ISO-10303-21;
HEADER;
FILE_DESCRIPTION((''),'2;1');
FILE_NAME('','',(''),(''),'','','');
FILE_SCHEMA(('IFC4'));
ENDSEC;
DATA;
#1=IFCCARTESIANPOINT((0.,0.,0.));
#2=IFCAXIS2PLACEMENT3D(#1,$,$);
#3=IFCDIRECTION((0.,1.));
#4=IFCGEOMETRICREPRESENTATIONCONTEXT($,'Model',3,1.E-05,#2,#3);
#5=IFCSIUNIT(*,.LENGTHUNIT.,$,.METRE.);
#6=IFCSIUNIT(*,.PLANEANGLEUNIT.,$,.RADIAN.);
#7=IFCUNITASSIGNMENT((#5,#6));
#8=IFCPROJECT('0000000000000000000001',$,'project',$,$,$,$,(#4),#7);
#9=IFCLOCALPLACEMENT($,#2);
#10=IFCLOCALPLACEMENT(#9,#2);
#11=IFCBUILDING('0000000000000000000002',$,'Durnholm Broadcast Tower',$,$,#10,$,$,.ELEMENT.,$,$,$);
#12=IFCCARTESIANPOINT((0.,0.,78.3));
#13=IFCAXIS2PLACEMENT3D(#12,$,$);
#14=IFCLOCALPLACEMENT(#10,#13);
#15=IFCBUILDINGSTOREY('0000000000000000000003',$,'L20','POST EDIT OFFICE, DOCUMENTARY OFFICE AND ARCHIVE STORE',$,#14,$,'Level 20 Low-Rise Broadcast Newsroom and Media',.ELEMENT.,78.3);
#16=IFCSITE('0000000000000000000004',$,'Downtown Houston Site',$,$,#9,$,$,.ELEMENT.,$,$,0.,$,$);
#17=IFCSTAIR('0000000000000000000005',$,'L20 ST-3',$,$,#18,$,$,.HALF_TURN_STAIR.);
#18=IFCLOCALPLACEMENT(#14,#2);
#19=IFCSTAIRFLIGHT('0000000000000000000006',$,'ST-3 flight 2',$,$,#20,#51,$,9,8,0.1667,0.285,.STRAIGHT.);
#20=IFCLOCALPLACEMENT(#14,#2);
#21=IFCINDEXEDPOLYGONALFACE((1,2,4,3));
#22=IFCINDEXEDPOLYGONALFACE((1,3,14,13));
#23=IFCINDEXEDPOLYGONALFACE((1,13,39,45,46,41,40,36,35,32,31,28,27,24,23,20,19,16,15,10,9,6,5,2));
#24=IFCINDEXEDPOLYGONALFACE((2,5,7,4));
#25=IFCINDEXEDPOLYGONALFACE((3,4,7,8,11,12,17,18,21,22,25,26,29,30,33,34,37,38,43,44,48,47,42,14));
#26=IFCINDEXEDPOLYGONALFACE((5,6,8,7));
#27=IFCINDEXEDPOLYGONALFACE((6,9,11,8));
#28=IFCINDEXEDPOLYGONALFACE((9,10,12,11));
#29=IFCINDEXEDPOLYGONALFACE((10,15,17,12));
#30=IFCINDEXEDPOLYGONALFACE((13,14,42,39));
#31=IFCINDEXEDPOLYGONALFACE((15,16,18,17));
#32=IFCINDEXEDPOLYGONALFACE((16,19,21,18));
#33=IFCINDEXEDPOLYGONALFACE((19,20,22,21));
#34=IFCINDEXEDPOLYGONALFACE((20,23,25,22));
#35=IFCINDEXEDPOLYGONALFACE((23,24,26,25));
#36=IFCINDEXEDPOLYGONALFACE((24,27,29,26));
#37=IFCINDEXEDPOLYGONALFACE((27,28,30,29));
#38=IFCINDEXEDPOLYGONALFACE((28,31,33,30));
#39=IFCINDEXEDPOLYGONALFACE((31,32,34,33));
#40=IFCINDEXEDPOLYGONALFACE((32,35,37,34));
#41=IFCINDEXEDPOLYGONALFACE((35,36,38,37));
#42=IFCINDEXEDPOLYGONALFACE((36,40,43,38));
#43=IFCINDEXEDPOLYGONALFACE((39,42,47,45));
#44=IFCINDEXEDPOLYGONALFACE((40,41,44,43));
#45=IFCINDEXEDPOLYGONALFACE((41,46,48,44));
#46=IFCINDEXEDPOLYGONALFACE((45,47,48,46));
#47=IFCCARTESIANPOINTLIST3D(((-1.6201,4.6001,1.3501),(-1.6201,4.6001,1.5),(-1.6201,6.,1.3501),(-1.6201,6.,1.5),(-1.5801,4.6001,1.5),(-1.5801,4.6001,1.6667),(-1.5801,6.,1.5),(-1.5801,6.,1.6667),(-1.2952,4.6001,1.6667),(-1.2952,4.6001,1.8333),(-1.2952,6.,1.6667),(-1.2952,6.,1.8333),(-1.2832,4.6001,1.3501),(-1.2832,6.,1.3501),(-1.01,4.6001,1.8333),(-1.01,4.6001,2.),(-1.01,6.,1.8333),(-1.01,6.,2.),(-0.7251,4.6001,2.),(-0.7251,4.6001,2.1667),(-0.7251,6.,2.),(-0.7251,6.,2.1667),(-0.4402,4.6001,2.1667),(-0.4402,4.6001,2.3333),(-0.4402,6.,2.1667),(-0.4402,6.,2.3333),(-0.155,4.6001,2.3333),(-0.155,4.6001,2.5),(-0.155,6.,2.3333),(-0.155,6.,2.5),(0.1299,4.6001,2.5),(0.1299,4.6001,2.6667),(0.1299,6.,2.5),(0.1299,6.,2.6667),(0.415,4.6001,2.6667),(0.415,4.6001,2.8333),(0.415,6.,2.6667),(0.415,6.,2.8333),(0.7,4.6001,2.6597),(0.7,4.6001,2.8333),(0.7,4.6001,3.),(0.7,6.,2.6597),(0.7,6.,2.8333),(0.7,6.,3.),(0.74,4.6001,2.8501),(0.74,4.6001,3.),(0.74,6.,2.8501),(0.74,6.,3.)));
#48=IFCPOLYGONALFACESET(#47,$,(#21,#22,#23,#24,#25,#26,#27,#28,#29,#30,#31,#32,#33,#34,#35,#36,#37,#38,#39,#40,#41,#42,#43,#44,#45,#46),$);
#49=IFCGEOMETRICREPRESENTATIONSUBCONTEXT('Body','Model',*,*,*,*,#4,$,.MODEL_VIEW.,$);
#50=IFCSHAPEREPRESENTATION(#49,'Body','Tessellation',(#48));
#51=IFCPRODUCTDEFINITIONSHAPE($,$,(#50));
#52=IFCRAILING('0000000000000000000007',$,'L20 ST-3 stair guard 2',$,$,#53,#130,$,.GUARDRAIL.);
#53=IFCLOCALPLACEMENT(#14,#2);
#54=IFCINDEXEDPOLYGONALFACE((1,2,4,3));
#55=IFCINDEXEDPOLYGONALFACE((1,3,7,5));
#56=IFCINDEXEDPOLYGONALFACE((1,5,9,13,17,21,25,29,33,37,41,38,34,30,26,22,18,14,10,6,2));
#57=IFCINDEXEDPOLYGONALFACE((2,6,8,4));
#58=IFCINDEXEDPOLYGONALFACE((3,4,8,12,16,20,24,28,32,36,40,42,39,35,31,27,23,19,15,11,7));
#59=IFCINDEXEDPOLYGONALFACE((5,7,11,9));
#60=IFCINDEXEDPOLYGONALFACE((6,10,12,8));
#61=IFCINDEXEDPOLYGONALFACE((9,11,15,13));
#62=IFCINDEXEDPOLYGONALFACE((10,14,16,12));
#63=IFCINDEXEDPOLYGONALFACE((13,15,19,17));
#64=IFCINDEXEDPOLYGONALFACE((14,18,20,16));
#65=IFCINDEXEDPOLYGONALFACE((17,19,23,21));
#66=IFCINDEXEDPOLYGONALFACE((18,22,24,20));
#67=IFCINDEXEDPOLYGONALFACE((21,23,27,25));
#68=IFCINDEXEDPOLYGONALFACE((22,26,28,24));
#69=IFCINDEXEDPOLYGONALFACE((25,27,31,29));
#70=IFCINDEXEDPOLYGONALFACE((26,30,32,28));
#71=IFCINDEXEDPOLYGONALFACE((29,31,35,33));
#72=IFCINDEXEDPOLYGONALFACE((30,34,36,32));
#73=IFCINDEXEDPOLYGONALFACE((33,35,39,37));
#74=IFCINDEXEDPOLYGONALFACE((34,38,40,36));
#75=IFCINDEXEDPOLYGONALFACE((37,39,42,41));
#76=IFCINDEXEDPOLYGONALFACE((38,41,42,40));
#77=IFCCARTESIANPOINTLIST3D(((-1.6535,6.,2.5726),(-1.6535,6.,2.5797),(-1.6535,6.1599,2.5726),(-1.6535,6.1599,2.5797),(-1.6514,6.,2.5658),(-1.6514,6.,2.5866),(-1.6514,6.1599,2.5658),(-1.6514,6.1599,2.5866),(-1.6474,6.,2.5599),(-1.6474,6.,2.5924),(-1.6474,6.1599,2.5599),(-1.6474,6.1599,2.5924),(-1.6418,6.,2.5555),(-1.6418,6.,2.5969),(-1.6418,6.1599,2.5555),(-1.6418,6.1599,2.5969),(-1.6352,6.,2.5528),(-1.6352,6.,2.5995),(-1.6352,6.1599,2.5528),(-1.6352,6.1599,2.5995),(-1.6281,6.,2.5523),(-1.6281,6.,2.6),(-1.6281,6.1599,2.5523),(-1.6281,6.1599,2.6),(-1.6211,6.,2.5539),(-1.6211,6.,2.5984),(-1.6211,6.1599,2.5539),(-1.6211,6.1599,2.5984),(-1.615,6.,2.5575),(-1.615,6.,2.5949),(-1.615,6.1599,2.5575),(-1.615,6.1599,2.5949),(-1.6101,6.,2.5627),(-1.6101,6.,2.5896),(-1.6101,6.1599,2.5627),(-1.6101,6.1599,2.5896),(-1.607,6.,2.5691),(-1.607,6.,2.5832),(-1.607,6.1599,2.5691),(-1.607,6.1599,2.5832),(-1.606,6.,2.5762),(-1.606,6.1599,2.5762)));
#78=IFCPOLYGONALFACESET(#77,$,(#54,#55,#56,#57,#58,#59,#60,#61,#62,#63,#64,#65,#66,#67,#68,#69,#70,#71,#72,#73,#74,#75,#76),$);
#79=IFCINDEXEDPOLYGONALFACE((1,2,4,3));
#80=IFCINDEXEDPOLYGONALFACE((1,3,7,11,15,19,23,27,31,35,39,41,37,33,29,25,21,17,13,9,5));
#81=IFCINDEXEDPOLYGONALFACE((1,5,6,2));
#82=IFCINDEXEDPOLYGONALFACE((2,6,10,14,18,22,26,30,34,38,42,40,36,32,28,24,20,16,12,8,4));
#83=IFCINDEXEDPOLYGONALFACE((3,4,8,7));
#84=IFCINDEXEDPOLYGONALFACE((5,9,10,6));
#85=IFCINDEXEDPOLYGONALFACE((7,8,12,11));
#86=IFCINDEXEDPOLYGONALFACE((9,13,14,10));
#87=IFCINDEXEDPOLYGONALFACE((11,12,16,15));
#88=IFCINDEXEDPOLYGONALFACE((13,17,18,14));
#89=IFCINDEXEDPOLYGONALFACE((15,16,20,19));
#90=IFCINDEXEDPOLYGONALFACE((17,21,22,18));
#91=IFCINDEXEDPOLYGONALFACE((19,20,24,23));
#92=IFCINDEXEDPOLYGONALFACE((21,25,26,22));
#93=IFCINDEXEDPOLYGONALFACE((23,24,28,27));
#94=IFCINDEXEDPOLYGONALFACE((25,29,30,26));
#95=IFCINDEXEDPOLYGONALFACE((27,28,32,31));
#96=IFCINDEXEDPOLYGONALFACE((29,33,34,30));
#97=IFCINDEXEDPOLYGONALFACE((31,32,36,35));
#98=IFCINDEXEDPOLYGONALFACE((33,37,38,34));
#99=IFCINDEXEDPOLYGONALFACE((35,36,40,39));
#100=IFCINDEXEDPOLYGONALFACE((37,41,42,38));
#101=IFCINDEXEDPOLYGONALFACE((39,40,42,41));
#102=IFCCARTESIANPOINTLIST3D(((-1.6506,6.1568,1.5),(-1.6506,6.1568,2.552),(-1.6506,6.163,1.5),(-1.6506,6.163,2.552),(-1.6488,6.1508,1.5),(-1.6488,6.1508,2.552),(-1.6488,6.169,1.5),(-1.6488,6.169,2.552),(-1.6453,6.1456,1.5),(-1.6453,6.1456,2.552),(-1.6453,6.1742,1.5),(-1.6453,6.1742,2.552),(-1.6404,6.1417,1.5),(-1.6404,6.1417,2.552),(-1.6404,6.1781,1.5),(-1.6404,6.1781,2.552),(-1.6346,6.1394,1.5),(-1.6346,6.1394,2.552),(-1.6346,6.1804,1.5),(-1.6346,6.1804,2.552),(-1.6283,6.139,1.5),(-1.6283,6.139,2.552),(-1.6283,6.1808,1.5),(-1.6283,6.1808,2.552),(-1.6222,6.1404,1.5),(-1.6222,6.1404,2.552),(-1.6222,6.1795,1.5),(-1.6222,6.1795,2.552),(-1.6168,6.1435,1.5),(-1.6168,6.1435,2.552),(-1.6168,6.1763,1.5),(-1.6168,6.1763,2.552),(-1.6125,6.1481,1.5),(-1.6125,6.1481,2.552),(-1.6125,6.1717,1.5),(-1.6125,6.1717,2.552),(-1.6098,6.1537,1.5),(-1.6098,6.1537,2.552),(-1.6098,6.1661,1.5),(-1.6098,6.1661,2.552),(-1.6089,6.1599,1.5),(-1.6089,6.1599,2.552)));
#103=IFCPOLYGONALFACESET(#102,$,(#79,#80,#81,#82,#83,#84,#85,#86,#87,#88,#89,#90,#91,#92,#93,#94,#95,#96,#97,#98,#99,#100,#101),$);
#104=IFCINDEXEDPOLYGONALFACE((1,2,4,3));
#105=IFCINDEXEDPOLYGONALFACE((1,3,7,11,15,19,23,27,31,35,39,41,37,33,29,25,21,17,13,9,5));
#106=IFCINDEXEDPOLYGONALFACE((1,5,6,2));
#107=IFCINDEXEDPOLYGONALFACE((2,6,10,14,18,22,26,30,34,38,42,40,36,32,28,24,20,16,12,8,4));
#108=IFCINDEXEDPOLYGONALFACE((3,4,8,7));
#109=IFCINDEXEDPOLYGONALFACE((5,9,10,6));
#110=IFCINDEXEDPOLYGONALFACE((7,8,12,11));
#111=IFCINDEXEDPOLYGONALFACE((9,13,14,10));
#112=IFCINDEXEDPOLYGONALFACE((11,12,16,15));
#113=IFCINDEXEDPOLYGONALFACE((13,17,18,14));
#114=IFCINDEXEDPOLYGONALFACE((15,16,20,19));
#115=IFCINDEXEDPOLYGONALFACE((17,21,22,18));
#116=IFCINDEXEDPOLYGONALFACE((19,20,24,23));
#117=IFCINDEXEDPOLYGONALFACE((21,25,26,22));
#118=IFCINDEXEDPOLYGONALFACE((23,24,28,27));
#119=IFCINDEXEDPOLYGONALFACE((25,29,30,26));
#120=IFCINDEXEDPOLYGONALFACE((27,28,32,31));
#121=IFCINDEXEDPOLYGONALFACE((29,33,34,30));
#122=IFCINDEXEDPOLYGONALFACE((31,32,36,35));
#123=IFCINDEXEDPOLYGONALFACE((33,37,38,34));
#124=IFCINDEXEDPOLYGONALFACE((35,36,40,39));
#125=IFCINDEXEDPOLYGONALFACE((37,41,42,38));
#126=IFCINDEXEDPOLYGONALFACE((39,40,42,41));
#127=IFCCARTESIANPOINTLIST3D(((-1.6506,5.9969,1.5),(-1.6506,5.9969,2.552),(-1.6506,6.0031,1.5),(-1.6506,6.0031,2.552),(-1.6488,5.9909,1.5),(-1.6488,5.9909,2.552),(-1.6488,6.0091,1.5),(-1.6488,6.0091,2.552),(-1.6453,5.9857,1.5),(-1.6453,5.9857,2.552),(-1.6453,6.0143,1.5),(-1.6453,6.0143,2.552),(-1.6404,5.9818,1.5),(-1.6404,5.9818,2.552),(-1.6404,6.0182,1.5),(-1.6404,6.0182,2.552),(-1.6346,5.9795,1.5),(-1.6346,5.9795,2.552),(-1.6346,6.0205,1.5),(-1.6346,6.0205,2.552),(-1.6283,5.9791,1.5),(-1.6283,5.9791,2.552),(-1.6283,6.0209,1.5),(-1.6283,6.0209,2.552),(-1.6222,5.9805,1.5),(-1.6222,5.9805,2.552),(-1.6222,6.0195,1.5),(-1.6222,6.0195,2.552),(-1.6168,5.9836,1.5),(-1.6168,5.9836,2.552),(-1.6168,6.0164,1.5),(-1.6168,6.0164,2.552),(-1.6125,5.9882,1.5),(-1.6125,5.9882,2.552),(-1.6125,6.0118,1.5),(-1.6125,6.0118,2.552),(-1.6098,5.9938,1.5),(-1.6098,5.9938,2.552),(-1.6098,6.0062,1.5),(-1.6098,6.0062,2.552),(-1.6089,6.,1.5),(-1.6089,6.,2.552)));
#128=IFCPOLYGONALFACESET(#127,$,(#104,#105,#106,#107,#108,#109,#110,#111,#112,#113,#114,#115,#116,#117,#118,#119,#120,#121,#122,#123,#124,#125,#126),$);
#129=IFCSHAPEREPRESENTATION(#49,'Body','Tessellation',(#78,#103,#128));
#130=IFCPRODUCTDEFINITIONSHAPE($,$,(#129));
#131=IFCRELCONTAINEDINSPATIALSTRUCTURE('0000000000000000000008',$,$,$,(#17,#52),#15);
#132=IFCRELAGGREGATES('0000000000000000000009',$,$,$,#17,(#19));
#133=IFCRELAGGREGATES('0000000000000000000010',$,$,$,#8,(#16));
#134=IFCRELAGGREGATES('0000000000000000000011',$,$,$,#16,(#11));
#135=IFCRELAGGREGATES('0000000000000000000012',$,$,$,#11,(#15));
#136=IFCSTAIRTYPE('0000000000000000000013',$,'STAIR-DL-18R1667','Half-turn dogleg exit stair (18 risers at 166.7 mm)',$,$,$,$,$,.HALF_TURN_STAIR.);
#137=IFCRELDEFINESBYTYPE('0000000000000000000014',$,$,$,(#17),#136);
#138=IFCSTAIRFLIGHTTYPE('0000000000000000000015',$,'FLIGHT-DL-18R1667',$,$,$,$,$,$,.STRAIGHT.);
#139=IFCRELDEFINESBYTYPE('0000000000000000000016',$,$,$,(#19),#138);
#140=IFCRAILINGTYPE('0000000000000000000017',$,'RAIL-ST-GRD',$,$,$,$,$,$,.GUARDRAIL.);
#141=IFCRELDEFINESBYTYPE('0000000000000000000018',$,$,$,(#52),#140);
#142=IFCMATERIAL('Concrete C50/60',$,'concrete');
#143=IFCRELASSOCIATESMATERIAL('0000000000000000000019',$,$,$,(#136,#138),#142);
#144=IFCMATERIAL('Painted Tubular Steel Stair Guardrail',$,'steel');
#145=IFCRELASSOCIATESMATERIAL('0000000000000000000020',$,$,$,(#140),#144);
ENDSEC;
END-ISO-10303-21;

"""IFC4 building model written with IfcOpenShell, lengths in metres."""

from ifc_helpers import new_model, si_unit, direction, frame, origin, origin_2d, place, context, subcontext, project, spatial, polyline, circle, outline, extrude, material, type_object, element, aggregate, save


model = new_model("IFC4")

# Units and contexts
model_context = context("Model", 3, precision=1e-05, world=origin(), true_north=direction((0.0, 1.0)))
body_context = subcontext(model_context, "Body", "Model", "MODEL_VIEW")
ifc_project = project(units=[si_unit("LENGTHUNIT", "METRE"), si_unit("PLANEANGLEUNIT", "RADIAN")], contexts=[model_context])

# Site, building, storey
site_placement = place(None, origin())
site = spatial("IfcSite", under=ifc_project, at=site_placement, Name="Downtown Houston Site", CompositionType="ELEMENT", RefElevation=0.0)
building_placement = place(site_placement, origin())
building = spatial("IfcBuilding", under=site, at=building_placement, Name="Durnholm Broadcast Tower", CompositionType="ELEMENT")
storey_placement = place(building_placement, frame((0.0, 0.0, 78.3)))
storey = spatial("IfcBuildingStorey", under=building, at=storey_placement, Name="L20", Description="POST EDIT OFFICE, DOCUMENTARY OFFICE AND ARCHIVE STORE", LongName="Level 20 Low-Rise Broadcast Newsroom and Media", CompositionType="ELEMENT", Elevation=78.3)

# Stair
ifc_material_1 = material(Name="Concrete C50/60", Category="concrete")
stair_type = type_object("IfcStairType", Name="STAIR-DL-18R1667", Description="Half-turn dogleg exit stair (18 risers at 166.7 mm)", PredefinedType="HALF_TURN_STAIR", material=ifc_material_1)
stair_1_placement = place(storey_placement, origin())
stair_1 = element("IfcStair", 1, at=stair_1_placement, inside=storey, type_object=stair_type, Name="L20 ST-3", PredefinedType="HALF_TURN_STAIR")

# Stair flight
stair_flight_type = type_object("IfcStairFlightType", Name="FLIGHT-DL-18R1667", PredefinedType="STRAIGHT", material=ifc_material_1)
stair_flight_placement = place(storey_placement, frame((-1.5801, 5.3, 1.5), z_axis=(0.0, 0.0, 1.0), x_axis=(1.0, 0.0, 0.0)))
stair_flight = element("IfcStairFlight", 2, at=stair_flight_placement, type_object=stair_flight_type, Name="ST-3 flight 2", NumberOfRisers=9, NumberOfTreads=8, PredefinedType="STRAIGHT", RiserHeight=0.1667, TreadLength=0.285, context=body_context, shape_type="SweptSolid", body=[
    extrude(outline(polyline([(-0.04, -0.1499), (-0.04, 0.0), (0.0, 0.0), (0.0, 0.1667), (0.2849, 0.1667), (0.2849, 0.3333), (0.5701, 0.3333), (0.5701, 0.5), (0.855, 0.5), (0.855, 0.6667), (1.1399, 0.6667), (1.1399, 0.8333), (1.425, 0.8333), (1.425, 1.0), (1.71, 1.0), (1.71, 1.1667), (1.9951, 1.1667), (1.9951, 1.3333), (2.28, 1.3333), (2.28, 1.5), (2.3201, 1.5), (2.3201, 1.3501), (2.28, 1.1597), (0.2969, -0.1499), (-0.04, -0.1499)])), frame((0.0, 0.7, 0.0), z_axis=(0.0, -1.0, 0.0), x_axis=(1.0, 0.0, 0.0)), (0.0, 0.0, 1.0), 1.3999),
])
aggregate(stair_1, [stair_flight])

# Railing
ifc_material_2 = material(Name="Painted Tubular Steel Stair Guardrail", Category="steel")
railing_type_1 = type_object("IfcRailingType", Name="RAIL-ST-GRD", PredefinedType="GUARDRAIL", material=ifc_material_2)
railing_1_placement = place(storey_placement, frame((-1.6299, 6.1599, 1.5)))
element("IfcRailing", 3, at=railing_1_placement, inside=storey, type_object=railing_type_1, Name="L20 ST-3 stair guard 2", PredefinedType="GUARDRAIL", context=body_context, shape_type="SweptSolid", body=[
    extrude(circle(Radius=0.0239, at=origin_2d()), frame((0.0, 0.0, 1.0762), z_axis=(0.0, -1.0, 0.0), x_axis=(1.0, 0.0, 0.0)), (0.0, 0.0, 1.0), 0.1599),
    extrude(circle(Radius=0.021, at=origin_2d()), origin(), (0.0, 0.0, 1.0), 1.052),
    extrude(circle(Radius=0.021, at=origin_2d()), frame((0.0, -0.1599, 0.0)), (0.0, 0.0, 1.0), 1.052),
])

save(model, "model.ifc")
